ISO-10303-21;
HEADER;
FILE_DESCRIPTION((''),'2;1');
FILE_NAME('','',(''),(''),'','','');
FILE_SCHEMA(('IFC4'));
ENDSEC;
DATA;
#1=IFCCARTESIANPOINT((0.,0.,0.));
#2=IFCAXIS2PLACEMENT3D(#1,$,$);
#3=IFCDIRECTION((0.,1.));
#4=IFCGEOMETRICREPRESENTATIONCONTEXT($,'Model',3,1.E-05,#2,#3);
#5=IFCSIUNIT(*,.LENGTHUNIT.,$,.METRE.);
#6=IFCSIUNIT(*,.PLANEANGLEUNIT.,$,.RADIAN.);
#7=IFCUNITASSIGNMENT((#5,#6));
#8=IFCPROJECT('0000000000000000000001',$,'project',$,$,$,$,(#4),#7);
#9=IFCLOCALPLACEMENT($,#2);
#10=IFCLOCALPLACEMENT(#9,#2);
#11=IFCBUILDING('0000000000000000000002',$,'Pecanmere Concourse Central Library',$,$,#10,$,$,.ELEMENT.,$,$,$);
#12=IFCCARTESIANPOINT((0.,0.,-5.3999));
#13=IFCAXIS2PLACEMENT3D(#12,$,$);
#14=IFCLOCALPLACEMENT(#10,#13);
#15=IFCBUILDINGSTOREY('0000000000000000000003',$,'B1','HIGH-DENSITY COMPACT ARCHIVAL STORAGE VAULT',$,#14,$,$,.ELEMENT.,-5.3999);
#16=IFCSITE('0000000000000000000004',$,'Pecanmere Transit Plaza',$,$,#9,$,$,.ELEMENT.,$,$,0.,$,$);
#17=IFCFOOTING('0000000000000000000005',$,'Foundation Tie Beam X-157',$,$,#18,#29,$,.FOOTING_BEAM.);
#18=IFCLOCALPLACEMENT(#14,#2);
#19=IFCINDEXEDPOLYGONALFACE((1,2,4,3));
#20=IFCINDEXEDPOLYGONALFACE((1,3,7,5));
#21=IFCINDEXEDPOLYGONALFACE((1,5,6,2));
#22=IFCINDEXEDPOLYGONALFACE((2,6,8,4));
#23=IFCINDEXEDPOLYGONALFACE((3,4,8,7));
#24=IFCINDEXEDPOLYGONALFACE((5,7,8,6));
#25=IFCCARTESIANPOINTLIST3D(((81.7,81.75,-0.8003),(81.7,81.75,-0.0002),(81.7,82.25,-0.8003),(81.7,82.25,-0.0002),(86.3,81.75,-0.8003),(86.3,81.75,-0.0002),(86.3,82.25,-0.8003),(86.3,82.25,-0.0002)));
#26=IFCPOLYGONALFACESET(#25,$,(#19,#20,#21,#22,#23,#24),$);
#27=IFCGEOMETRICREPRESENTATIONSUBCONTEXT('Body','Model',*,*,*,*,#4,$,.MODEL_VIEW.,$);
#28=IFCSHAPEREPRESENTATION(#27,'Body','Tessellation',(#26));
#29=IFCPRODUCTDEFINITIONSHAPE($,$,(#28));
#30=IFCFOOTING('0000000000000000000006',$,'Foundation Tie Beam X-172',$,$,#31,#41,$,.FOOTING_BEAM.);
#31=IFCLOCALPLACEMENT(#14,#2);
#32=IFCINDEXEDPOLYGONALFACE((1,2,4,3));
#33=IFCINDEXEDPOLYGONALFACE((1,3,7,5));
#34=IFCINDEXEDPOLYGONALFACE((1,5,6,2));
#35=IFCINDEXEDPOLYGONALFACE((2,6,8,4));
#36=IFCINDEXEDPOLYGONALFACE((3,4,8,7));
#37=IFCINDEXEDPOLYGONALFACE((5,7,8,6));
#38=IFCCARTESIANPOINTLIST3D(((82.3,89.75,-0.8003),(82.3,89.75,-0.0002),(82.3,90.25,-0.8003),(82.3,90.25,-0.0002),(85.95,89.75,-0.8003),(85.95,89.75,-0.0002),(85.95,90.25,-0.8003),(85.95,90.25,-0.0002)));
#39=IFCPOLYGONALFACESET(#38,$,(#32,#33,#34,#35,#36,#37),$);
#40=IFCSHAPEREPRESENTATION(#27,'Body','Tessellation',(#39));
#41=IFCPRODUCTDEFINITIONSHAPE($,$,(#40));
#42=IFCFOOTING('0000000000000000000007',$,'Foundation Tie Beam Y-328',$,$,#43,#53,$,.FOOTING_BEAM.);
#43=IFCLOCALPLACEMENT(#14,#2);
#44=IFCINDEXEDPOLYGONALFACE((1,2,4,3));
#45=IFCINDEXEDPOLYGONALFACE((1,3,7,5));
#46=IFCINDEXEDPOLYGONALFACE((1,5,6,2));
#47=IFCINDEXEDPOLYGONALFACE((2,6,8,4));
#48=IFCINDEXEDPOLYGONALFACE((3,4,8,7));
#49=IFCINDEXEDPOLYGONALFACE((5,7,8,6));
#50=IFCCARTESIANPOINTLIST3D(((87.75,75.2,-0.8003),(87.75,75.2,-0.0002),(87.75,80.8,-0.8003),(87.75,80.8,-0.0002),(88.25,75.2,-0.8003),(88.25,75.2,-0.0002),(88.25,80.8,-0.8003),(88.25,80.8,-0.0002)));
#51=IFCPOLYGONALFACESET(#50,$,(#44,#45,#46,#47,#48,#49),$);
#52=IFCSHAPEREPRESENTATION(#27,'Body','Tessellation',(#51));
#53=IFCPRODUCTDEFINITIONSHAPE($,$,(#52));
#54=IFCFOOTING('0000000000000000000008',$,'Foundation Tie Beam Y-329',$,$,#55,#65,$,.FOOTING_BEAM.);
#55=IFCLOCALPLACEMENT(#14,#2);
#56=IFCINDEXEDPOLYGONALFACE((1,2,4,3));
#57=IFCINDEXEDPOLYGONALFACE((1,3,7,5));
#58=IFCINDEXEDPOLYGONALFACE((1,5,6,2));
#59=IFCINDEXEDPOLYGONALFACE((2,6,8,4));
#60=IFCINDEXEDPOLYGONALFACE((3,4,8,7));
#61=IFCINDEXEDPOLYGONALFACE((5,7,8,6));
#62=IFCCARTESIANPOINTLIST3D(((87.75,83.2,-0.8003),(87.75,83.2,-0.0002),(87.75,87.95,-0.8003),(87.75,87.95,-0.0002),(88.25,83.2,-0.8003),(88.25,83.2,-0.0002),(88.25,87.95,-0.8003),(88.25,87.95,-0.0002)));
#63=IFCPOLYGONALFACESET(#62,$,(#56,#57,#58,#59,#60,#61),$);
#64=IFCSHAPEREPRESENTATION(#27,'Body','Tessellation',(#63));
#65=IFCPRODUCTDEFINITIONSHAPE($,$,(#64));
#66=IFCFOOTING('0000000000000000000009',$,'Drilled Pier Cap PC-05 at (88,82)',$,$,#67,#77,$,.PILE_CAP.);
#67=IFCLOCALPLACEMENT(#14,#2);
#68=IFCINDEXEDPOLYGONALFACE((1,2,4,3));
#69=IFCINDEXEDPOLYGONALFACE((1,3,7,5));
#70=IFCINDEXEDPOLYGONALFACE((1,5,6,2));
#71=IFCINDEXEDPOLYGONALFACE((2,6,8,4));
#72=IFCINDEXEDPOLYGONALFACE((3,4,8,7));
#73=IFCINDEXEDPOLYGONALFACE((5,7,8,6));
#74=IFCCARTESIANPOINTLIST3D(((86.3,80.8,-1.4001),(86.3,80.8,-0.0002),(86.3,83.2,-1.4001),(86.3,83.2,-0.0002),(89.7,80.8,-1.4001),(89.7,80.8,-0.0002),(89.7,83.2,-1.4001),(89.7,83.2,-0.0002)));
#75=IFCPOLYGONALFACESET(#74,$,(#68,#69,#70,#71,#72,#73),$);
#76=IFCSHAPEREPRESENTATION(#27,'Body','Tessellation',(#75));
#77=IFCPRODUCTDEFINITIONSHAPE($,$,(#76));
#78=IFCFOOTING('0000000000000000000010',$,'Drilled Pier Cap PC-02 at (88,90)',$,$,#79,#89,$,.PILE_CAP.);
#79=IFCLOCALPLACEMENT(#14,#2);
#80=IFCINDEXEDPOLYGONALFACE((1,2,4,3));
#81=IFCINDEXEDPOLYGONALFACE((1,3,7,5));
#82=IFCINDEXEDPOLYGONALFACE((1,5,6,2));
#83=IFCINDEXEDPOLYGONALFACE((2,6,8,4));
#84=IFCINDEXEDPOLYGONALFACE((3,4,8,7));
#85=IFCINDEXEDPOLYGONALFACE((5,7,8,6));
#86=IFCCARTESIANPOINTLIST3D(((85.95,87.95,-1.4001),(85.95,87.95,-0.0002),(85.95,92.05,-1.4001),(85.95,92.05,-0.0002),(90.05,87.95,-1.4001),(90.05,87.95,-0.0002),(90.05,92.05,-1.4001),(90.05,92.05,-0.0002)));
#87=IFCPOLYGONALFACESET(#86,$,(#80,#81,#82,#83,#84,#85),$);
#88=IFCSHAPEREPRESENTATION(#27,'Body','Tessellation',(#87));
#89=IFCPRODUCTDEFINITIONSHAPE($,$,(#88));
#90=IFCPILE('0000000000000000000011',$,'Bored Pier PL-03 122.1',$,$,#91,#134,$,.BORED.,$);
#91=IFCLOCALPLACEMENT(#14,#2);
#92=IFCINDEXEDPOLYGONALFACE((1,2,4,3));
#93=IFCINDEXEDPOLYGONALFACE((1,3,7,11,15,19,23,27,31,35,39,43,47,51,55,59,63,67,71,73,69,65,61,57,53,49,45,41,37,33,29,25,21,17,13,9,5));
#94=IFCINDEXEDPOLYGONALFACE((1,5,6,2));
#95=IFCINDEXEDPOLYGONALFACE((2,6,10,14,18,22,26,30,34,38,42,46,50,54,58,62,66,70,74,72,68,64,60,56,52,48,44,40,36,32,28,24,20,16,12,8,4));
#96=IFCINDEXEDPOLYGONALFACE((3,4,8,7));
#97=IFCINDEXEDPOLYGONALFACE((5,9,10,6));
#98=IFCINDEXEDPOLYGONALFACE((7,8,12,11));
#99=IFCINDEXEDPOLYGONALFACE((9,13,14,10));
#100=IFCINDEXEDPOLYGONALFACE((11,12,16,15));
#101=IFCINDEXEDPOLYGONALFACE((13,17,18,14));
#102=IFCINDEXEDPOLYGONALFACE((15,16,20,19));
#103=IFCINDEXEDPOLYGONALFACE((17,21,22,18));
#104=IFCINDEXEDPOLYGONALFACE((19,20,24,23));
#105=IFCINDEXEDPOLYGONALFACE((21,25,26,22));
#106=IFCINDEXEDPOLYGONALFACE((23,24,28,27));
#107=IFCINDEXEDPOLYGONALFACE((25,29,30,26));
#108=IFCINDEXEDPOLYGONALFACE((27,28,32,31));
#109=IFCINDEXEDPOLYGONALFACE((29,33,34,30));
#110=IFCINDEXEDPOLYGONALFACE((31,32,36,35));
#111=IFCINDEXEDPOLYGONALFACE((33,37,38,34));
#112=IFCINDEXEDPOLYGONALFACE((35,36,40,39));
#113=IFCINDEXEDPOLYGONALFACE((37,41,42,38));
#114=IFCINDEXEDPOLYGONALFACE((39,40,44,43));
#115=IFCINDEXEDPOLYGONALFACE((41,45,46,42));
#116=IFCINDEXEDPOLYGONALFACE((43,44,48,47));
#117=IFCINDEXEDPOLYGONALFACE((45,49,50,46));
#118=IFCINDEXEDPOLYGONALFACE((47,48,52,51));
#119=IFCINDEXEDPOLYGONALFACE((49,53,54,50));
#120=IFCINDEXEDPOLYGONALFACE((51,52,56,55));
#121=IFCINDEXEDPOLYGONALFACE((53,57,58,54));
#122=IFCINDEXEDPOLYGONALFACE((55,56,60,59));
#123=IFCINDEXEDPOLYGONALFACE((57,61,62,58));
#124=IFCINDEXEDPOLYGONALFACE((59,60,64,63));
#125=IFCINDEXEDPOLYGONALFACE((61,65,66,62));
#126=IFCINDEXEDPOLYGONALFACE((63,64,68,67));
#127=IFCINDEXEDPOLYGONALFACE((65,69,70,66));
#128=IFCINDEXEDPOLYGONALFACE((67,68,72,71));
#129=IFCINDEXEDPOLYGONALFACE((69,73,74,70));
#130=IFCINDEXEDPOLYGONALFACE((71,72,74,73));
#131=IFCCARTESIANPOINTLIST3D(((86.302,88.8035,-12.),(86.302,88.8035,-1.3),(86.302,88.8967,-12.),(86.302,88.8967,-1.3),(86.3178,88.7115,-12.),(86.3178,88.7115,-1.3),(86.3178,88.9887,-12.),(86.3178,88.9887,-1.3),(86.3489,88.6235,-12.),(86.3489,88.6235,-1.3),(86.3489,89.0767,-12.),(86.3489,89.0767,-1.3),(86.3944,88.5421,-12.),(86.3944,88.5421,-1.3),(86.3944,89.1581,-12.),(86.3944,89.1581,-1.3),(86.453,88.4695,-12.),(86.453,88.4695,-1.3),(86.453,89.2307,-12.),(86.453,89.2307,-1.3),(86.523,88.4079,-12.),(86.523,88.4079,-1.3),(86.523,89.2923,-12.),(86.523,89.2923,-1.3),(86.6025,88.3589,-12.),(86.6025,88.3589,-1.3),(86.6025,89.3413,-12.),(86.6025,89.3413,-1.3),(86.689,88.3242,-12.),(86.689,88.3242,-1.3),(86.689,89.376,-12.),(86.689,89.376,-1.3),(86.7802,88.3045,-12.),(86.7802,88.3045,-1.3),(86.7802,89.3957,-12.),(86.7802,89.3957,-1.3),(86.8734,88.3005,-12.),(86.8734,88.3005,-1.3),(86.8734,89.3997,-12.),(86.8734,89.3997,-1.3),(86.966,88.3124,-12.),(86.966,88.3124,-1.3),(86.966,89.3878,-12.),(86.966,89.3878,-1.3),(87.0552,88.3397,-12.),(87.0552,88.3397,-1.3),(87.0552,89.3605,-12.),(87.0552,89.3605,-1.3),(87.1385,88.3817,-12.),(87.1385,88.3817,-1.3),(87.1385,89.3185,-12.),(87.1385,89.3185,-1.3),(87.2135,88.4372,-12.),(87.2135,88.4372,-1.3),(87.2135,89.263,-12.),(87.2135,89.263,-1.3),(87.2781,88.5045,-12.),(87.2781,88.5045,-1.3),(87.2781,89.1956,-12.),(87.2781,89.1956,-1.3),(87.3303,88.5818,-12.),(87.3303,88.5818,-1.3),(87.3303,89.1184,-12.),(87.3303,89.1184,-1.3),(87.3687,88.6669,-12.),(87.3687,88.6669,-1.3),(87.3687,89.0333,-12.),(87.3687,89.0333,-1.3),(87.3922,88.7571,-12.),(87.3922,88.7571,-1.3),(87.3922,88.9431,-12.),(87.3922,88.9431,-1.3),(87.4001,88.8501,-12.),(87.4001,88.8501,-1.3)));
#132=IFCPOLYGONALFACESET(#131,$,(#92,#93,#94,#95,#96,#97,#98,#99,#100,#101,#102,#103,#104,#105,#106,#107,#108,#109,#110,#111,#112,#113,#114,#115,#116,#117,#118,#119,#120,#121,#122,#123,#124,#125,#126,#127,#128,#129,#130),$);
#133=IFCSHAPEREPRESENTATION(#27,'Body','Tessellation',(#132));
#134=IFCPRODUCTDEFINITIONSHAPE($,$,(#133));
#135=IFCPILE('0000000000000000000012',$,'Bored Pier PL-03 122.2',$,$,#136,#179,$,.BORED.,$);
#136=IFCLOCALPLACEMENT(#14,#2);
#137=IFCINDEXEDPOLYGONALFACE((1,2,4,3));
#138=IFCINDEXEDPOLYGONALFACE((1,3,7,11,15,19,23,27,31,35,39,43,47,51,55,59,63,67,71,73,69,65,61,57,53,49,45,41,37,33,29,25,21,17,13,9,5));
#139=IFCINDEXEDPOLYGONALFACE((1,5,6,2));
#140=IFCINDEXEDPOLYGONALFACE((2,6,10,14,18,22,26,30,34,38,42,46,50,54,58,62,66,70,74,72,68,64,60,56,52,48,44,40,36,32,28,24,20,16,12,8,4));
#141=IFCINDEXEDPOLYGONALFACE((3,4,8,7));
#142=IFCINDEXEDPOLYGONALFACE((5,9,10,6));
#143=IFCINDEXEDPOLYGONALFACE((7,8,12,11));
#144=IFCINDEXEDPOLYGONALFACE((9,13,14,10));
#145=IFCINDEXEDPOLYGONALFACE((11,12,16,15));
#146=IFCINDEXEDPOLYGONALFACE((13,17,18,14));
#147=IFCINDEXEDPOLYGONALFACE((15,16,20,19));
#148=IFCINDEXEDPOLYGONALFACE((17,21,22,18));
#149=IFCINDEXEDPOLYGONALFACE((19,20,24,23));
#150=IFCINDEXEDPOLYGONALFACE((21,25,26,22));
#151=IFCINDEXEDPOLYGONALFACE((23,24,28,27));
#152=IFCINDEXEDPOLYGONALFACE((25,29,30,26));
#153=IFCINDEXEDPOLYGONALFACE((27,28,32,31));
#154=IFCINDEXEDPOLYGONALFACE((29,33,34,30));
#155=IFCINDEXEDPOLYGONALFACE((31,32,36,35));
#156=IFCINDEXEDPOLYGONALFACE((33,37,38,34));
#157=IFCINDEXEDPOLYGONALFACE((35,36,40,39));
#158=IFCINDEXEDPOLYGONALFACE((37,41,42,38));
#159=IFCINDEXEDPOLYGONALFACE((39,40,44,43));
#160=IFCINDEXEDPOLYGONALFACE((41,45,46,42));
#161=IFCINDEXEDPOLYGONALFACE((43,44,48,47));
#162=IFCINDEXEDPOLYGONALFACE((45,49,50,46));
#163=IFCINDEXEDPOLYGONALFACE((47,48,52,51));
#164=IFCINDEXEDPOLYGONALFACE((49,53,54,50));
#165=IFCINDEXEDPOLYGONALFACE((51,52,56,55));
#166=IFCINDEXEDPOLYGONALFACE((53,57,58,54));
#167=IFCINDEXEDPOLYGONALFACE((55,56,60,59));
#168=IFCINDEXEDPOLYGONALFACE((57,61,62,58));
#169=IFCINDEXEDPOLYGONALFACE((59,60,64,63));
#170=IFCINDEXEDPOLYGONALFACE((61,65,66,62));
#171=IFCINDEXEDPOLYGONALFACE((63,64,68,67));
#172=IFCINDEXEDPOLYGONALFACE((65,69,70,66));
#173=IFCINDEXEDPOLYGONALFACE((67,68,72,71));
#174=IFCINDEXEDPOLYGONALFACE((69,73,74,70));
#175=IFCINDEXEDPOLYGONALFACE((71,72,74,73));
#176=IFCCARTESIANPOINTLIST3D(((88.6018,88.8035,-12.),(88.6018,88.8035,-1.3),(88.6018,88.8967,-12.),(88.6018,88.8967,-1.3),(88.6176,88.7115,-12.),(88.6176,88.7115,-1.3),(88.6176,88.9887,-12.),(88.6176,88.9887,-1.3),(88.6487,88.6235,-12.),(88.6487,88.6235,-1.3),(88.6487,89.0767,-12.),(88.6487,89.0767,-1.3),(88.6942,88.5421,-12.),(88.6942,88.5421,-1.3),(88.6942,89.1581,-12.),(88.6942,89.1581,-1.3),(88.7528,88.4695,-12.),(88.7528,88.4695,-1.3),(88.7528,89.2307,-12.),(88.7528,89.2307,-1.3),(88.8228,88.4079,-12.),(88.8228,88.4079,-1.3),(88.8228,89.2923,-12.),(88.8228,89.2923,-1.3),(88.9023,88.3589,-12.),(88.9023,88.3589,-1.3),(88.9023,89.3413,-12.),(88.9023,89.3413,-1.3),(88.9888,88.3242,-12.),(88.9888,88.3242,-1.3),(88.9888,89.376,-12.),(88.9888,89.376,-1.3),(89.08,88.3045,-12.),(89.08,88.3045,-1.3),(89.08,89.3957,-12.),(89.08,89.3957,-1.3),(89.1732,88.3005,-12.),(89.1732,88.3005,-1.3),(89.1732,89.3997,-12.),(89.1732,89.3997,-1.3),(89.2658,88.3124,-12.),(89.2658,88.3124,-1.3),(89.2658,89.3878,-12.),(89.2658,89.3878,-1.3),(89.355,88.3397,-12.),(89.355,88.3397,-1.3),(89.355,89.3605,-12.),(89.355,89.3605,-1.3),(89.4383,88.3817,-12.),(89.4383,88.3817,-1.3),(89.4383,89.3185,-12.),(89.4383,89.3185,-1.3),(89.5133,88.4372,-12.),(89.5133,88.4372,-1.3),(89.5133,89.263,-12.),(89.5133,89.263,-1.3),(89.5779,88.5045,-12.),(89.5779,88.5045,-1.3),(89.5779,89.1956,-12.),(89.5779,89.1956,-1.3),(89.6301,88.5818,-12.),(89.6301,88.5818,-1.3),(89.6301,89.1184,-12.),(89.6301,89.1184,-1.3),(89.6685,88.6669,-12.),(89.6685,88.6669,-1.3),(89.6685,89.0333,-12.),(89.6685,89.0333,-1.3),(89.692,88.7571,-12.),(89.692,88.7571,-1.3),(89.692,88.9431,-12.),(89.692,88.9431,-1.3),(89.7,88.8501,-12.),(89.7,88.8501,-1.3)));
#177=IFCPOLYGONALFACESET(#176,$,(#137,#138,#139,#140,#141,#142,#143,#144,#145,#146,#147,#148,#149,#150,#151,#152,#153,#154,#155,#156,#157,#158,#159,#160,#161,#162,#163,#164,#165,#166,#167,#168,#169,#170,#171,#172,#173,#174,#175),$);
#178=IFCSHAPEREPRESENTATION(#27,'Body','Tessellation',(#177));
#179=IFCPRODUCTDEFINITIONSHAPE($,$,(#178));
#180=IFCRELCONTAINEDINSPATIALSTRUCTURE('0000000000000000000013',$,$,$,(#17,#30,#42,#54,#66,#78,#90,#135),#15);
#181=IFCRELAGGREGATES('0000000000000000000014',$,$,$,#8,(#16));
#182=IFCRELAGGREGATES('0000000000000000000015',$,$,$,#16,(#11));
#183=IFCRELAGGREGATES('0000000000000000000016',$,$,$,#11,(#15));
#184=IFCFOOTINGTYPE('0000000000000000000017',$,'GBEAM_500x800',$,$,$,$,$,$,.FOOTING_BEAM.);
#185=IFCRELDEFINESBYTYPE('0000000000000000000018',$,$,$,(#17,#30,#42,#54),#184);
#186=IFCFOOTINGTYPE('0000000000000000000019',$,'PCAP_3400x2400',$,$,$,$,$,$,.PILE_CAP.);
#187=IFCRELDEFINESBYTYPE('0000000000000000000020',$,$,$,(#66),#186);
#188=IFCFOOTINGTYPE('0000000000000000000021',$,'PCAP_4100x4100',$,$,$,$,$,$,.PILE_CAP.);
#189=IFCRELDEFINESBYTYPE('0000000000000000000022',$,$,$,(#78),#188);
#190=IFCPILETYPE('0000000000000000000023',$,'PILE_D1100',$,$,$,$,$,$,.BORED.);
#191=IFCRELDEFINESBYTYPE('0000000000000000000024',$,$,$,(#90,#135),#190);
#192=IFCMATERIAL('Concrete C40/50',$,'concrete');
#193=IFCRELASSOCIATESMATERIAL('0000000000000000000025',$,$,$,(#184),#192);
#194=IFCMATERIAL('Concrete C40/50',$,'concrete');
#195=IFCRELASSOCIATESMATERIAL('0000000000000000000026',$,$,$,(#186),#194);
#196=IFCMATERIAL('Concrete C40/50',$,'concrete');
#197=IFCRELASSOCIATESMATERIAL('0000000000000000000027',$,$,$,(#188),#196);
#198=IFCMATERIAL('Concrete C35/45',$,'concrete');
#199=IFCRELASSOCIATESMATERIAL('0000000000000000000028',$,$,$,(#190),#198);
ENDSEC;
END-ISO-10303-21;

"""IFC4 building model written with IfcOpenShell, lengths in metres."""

from ifc_helpers import new_model, si_unit, direction, frame, origin, origin_2d, place, context, subcontext, project, spatial, rectangle, circle, extrude, material, material_profile, profile_set, type_object, element, save


model = new_model("IFC4")

# Units and contexts
model_context = context("Model", 3, precision=1e-05, world=origin(), true_north=direction((0.0, 1.0)))
body_context = subcontext(model_context, "Body", "Model", "MODEL_VIEW")
ifc_project = project(units=[si_unit("LENGTHUNIT", "METRE"), si_unit("PLANEANGLEUNIT", "RADIAN")], contexts=[model_context])

# Site, building, storey
site_placement = place(None, origin())
site = spatial("IfcSite", under=ifc_project, at=site_placement, Name="Pecanmere Transit Plaza", CompositionType="ELEMENT", RefElevation=0.0)
building_placement = place(site_placement, origin())
building = spatial("IfcBuilding", under=site, at=building_placement, Name="Pecanmere Concourse Central Library", CompositionType="ELEMENT")
storey_placement = place(building_placement, frame((0.0, 0.0, -5.3999)))
storey = spatial("IfcBuildingStorey", under=building, at=storey_placement, Name="B1", Description="HIGH-DENSITY COMPACT ARCHIVAL STORAGE VAULT", CompositionType="ELEMENT", Elevation=-5.3999)

# Footings
ifc_material_1 = material(Name="Concrete C40/50", Category="concrete")
ifc_material_profile_1 = material_profile(ifc_material_1, rectangle(XDim=0.5, YDim=0.8, at=origin_2d()), Name="RC 500x800")
ifc_profile_set_1 = profile_set([ifc_material_profile_1], Name="Concrete C40/50")
footing_type_1 = type_object("IfcFootingType", Name="GBEAM_500x800", PredefinedType="FOOTING_BEAM", material=ifc_profile_set_1)
footing_1_placement = place(storey_placement, frame((84.0, 82.0, -0.8003), z_axis=(0.0, 0.0, 1.0), x_axis=(1.0, 0.0, 0.0)))
element("IfcFooting", 1, at=footing_1_placement, inside=storey, type_object=footing_type_1, Name="Foundation Tie Beam X-157", PredefinedType="FOOTING_BEAM", context=body_context, shape_type="SweptSolid", body=[
    extrude(rectangle(XDim=4.6001, YDim=0.5, at=origin_2d()), origin(), (0.0, 0.0, 1.0), 0.8),
])
footing_2_placement = place(storey_placement, frame((84.125, 90.0, -0.8003), z_axis=(0.0, 0.0, 1.0), x_axis=(1.0, 0.0, 0.0)))
element("IfcFooting", 2, at=footing_2_placement, inside=storey, type_object=footing_type_1, Name="Foundation Tie Beam X-172", PredefinedType="FOOTING_BEAM", context=body_context, shape_type="SweptSolid", body=[
    extrude(rectangle(XDim=3.6499, YDim=0.5, at=origin_2d()), origin(), (0.0, 0.0, 1.0), 0.8),
])
footing_3_placement = place(storey_placement, frame((88.0, 78.0, -0.8003), z_axis=(0.0, 0.0, 1.0), x_axis=(0.0, 1.0, 0.0)))
element("IfcFooting", 3, at=footing_3_placement, inside=storey, type_object=footing_type_1, Name="Foundation Tie Beam Y-328", PredefinedType="FOOTING_BEAM", context=body_context, shape_type="SweptSolid", body=[
    extrude(rectangle(XDim=5.6001, YDim=0.5, at=origin_2d()), origin(), (0.0, 0.0, 1.0), 0.8),
])
footing_4_placement = place(storey_placement, frame((88.0, 85.575, -0.8003), z_axis=(0.0, 0.0, 1.0), x_axis=(0.0, 1.0, 0.0)))
element("IfcFooting", 4, at=footing_4_placement, inside=storey, type_object=footing_type_1, Name="Foundation Tie Beam Y-329", PredefinedType="FOOTING_BEAM", context=body_context, shape_type="SweptSolid", body=[
    extrude(rectangle(XDim=4.75, YDim=0.5, at=origin_2d()), origin(), (0.0, 0.0, 1.0), 0.8),
])
ifc_material_2 = material(Name="Concrete C40/50", Category="concrete")
footing_type_2 = type_object("IfcFootingType", Name="PCAP_3400x2400", PredefinedType="PILE_CAP", material=ifc_material_2)
footing_5_placement = place(storey_placement, frame((88.0, 82.0, -1.4001), z_axis=(0.0, 0.0, 1.0), x_axis=(1.0, 0.0, 0.0)))
element("IfcFooting", 5, at=footing_5_placement, inside=storey, type_object=footing_type_2, Name="Drilled Pier Cap PC-05 at (88,82)", PredefinedType="PILE_CAP", context=body_context, shape_type="SweptSolid", body=[
    extrude(rectangle(XDim=3.3999, YDim=2.3999, at=origin_2d()), origin(), (0.0, 0.0, 1.0), 1.3999),
])
ifc_material_3 = material(Name="Concrete C40/50", Category="concrete")
footing_type_3 = type_object("IfcFootingType", Name="PCAP_4100x4100", PredefinedType="PILE_CAP", material=ifc_material_3)
footing_6_placement = place(storey_placement, frame((88.0, 90.0, -1.4001), z_axis=(0.0, 0.0, 1.0), x_axis=(1.0, 0.0, 0.0)))
element("IfcFooting", 6, at=footing_6_placement, inside=storey, type_object=footing_type_3, Name="Drilled Pier Cap PC-02 at (88,90)", PredefinedType="PILE_CAP", context=body_context, shape_type="SweptSolid", body=[
    extrude(rectangle(XDim=4.1001, YDim=4.1001, at=origin_2d()), origin(), (0.0, 0.0, 1.0), 1.3999),
])

# Piles
ifc_material_4 = material(Name="Concrete C35/45", Category="concrete")
ifc_material_profile_2 = material_profile(ifc_material_4, circle(Radius=0.55, at=origin_2d()), Name="PIER D1100")
ifc_profile_set_2 = profile_set([ifc_material_profile_2], Name="Concrete C35/45")
pile_type_1 = type_object("IfcPileType", Name="PILE_D1100", PredefinedType="BORED", material=ifc_profile_set_2)
for number, where, z_axis, x_axis, name in (
    (7, (86.8501, 88.8501, -1.3), (0.0, 0.0, -1.0), (1.0, 0.0, 0.0), "Bored Pier PL-03 122.1"),
    (8, (89.1499, 88.8501, -1.3), (0.0, 0.0, -1.0), (1.0, 0.0, 0.0), "Bored Pier PL-03 122.2"),
):
    element("IfcPile", number, at=place(storey_placement, frame(where, z_axis=z_axis, x_axis=x_axis)), inside=storey, type_object=pile_type_1, Name=name, PredefinedType="BORED", context=body_context, shape_type="SweptSolid", body=[
        extrude(circle(Radius=0.55, at=origin_2d()), origin(), (0.0, 0.0, 1.0), 10.7),
    ])

save(model, "model.ifc")
